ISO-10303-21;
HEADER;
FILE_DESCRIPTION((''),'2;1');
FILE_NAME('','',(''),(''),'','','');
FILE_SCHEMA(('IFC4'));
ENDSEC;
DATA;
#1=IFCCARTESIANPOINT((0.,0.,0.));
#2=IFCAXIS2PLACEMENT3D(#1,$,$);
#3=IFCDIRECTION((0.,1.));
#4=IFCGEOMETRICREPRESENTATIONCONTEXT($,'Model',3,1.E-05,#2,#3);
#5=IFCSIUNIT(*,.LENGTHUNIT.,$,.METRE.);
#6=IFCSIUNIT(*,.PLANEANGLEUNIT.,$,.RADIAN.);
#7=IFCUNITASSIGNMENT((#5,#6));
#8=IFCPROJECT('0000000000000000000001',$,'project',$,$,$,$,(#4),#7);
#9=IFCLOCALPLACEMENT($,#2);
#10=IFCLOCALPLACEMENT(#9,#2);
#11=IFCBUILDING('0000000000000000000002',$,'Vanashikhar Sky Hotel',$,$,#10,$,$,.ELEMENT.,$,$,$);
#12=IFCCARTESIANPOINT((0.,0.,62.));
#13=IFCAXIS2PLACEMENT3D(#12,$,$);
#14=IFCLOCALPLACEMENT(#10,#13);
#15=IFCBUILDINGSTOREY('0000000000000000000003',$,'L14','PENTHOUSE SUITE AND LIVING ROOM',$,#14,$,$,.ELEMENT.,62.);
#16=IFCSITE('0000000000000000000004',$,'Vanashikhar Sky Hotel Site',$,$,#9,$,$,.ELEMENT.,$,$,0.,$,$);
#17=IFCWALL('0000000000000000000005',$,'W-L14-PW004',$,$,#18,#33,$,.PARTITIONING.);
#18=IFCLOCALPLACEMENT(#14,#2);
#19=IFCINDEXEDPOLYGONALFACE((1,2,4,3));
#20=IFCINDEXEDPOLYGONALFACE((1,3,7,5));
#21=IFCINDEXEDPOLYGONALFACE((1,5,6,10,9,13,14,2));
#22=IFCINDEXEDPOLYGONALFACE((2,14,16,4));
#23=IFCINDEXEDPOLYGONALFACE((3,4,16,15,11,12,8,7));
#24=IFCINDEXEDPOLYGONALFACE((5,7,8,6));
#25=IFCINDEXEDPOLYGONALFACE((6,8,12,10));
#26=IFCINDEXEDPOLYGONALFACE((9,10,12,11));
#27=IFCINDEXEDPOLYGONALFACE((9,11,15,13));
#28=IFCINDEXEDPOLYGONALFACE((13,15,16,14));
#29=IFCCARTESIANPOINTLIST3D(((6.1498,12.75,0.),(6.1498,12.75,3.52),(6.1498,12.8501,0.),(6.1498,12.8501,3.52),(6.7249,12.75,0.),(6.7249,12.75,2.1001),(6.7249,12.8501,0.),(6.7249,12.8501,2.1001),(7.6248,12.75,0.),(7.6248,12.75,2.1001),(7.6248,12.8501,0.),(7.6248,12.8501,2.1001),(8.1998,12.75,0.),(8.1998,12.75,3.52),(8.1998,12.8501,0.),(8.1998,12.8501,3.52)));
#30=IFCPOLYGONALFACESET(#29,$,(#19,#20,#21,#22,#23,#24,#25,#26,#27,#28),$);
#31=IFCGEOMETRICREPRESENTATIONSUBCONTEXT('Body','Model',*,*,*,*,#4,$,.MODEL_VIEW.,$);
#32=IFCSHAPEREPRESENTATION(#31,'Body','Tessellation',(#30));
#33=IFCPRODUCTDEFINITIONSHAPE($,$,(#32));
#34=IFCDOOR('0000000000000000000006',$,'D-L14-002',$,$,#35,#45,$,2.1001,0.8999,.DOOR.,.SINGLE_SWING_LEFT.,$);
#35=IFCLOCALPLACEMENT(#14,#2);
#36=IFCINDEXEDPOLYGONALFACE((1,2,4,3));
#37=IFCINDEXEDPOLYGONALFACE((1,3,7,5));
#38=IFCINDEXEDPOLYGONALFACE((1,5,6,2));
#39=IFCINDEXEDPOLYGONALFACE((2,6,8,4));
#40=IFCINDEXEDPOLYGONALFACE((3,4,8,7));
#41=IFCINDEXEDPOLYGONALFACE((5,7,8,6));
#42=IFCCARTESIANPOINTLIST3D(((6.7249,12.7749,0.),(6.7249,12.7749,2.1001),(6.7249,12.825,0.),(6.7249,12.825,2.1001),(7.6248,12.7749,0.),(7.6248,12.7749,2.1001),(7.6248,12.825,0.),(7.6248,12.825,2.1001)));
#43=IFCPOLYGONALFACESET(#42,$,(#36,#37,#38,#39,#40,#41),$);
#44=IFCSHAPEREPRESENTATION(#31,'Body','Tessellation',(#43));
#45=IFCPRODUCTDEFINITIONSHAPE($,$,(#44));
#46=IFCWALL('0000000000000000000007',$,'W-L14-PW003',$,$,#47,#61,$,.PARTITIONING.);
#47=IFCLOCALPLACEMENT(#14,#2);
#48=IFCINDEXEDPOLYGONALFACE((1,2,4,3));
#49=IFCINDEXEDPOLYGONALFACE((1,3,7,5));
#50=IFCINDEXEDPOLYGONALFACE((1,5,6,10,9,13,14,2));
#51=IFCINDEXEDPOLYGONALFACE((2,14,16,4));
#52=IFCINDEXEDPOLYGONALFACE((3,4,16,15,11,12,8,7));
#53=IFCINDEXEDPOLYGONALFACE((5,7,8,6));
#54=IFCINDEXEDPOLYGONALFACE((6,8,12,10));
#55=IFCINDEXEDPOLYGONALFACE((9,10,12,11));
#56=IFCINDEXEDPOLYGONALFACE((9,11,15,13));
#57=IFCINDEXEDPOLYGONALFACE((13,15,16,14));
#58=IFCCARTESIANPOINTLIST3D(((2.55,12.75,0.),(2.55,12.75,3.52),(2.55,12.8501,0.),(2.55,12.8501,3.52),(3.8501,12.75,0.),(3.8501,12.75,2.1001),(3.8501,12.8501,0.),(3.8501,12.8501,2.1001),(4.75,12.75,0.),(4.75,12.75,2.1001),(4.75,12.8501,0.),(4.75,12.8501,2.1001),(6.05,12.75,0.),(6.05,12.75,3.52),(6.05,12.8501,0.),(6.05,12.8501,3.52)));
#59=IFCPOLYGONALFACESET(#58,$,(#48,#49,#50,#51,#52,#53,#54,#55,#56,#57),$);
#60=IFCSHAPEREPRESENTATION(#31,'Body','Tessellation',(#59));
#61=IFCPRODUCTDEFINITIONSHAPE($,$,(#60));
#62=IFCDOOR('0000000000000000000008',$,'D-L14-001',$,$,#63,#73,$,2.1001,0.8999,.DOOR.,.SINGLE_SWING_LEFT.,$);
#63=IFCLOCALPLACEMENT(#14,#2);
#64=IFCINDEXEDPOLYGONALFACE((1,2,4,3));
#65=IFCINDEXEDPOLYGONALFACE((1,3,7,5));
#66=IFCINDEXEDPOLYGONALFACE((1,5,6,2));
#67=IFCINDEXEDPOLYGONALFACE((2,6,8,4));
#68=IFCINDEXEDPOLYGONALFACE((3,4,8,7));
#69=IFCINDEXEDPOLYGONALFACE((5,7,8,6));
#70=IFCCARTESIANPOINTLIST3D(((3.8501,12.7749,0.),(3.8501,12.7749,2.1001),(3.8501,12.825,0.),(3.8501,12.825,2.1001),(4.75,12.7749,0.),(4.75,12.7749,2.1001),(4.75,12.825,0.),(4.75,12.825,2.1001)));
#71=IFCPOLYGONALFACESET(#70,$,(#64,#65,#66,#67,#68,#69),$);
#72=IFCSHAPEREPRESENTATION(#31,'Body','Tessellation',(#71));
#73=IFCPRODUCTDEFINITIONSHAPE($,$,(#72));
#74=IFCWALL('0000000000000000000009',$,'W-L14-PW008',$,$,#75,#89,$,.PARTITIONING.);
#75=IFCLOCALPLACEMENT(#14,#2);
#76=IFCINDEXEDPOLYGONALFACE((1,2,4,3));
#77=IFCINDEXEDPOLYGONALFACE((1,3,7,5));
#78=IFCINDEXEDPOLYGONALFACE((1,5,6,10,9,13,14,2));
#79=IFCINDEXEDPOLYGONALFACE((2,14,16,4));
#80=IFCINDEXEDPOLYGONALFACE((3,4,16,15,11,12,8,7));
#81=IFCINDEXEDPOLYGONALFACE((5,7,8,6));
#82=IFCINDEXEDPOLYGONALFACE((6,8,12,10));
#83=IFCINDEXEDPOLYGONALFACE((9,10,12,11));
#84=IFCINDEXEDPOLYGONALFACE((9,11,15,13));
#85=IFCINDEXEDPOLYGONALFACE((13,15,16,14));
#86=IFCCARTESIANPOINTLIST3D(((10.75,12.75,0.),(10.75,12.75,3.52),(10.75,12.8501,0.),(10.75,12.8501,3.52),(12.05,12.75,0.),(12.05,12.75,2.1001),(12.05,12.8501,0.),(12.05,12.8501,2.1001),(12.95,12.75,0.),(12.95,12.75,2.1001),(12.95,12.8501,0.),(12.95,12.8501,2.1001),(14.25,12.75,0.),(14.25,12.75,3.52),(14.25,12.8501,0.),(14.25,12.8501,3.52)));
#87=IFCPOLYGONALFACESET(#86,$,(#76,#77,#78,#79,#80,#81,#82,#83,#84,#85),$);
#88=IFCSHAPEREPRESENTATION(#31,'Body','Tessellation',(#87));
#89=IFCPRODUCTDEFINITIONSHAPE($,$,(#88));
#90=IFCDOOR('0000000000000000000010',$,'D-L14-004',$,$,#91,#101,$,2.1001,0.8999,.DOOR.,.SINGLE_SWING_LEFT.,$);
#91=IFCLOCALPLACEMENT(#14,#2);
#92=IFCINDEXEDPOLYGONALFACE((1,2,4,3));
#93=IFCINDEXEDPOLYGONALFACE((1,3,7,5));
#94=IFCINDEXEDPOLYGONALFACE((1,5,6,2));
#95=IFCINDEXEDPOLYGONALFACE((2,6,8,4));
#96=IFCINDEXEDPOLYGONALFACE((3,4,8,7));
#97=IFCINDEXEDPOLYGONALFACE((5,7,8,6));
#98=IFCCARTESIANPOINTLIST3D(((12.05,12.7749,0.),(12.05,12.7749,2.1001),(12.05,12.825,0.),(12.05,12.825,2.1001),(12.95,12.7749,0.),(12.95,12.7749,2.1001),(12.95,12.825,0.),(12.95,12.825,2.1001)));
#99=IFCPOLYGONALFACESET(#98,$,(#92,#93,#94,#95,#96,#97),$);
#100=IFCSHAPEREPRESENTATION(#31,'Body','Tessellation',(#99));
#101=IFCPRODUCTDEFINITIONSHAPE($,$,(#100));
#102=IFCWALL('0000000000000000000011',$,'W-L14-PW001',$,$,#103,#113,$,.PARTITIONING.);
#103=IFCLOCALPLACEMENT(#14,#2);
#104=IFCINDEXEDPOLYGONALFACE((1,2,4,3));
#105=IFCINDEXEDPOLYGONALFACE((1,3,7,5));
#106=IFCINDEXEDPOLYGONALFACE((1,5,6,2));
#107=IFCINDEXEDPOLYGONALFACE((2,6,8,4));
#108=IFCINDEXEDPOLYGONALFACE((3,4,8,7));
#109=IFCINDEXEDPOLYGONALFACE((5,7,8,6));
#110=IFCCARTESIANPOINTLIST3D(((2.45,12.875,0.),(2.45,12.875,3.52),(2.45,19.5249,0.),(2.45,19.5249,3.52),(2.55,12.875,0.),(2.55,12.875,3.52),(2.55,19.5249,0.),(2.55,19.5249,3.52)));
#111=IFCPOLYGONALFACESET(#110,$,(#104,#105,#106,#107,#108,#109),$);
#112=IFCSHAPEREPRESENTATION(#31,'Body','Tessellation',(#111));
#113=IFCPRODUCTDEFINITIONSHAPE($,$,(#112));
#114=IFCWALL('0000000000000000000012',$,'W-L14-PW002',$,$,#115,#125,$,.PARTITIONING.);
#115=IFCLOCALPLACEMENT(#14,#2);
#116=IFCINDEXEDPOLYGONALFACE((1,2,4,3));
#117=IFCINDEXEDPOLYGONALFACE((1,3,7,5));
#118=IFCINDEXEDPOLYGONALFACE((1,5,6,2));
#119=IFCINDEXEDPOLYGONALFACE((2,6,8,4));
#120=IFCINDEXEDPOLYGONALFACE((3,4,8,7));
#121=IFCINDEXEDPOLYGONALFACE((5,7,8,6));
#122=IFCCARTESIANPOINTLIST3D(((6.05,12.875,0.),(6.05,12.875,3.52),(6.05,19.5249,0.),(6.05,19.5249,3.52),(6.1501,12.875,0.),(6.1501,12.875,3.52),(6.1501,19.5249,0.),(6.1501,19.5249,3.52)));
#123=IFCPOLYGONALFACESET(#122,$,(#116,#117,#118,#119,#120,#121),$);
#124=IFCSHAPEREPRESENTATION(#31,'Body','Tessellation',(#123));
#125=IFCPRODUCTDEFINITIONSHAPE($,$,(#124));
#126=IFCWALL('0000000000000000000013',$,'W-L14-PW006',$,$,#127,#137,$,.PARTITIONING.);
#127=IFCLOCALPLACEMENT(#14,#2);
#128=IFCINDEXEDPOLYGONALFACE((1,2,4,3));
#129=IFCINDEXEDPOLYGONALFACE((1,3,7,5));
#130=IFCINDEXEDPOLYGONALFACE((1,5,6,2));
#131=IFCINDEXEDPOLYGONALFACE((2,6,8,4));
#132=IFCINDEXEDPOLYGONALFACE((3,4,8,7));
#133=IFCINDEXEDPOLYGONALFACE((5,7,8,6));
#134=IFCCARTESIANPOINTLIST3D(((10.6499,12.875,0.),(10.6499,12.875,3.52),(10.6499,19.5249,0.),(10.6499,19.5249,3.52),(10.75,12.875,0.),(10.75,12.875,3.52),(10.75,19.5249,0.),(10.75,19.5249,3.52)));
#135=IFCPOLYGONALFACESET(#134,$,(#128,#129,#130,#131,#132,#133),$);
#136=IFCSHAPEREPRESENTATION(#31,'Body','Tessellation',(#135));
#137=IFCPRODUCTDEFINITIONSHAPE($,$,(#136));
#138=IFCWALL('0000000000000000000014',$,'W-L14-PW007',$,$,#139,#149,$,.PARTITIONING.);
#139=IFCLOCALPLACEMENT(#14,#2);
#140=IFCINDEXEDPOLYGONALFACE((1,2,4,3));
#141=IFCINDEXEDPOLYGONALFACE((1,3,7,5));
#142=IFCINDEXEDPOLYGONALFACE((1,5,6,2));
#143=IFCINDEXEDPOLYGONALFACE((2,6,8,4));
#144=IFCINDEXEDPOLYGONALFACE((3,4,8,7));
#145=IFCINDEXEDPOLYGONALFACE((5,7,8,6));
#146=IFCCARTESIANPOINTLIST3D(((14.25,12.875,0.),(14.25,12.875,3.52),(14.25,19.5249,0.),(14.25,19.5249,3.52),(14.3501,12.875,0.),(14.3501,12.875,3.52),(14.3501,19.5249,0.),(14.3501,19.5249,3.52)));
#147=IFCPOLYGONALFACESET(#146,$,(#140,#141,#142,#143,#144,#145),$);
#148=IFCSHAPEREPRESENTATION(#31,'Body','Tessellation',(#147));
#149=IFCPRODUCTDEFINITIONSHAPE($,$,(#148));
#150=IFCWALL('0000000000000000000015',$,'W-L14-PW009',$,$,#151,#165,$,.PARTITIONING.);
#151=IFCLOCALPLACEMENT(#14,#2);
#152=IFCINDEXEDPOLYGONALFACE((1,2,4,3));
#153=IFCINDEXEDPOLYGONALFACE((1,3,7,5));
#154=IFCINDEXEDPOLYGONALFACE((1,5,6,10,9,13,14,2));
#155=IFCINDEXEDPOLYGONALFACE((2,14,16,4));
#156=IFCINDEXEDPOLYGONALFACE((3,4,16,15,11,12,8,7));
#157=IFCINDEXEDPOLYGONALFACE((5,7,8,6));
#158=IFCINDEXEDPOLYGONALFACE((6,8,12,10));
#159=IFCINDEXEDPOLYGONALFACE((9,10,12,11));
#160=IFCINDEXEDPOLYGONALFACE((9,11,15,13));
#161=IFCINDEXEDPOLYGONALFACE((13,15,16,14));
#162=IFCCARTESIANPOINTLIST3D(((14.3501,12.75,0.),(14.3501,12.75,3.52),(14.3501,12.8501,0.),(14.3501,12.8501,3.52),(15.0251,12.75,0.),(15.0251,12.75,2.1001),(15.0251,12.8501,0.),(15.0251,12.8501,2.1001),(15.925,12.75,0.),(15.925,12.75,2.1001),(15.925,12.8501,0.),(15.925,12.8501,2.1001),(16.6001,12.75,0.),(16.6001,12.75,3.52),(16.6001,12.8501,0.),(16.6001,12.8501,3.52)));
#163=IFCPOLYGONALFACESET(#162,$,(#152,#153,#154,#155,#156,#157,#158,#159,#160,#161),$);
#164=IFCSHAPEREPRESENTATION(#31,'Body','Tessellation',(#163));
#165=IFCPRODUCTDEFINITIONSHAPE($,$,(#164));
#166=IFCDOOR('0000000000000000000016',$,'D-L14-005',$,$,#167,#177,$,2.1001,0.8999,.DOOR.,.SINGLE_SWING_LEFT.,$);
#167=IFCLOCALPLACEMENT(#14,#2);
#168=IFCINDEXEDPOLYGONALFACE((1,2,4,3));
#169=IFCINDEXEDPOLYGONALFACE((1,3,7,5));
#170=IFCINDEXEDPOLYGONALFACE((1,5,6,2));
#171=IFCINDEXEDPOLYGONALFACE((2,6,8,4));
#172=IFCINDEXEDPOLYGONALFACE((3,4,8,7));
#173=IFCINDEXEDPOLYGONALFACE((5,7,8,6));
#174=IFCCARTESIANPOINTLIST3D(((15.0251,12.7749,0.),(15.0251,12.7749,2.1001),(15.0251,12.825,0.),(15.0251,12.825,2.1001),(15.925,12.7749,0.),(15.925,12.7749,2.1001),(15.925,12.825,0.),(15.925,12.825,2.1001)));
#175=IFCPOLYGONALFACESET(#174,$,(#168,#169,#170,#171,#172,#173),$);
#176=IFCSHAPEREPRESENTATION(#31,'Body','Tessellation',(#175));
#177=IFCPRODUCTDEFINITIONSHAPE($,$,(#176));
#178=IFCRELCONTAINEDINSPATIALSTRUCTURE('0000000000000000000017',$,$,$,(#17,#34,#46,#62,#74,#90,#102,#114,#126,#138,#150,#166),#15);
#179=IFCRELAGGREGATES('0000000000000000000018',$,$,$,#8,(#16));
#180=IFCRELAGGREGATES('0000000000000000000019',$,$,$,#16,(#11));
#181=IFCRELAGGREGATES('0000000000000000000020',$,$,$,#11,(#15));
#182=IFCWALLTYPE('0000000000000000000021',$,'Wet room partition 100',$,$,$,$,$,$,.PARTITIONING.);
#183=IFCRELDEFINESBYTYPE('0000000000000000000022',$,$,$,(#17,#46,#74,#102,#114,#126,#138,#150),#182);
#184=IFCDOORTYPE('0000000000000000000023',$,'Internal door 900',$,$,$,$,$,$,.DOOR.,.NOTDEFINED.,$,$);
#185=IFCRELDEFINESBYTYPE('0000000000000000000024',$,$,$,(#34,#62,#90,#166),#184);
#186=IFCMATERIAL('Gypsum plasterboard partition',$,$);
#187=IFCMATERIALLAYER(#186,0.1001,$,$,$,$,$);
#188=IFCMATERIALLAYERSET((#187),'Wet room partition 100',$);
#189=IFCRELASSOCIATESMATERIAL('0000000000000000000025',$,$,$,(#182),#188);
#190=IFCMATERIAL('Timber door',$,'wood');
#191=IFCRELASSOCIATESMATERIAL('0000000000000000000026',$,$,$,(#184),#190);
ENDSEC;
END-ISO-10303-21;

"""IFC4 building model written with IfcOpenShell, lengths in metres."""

from ifc_helpers import new_model, si_unit, direction, frame, frame_2d, origin, place, context, subcontext, project, spatial, rectangle, extrude, source, transform, mapped, material, layer, layer_set, type_object, element, fill, save


model = new_model("IFC4")

# Units and contexts
model_context = context("Model", 3, precision=1e-05, world=origin(), true_north=direction((0.0, 1.0)))
body_context = subcontext(model_context, "Body", "Model", "MODEL_VIEW")
ifc_project = project(units=[si_unit("LENGTHUNIT", "METRE"), si_unit("PLANEANGLEUNIT", "RADIAN")], contexts=[model_context])

# Site, building, storey
site_placement = place(None, origin())
site = spatial("IfcSite", under=ifc_project, at=site_placement, Name="Vanashikhar Sky Hotel Site", CompositionType="ELEMENT", RefElevation=0.0)
building_placement = place(site_placement, origin())
building = spatial("IfcBuilding", under=site, at=building_placement, Name="Vanashikhar Sky Hotel", CompositionType="ELEMENT")
storey_placement = place(building_placement, frame((0.0, 0.0, 62.0)))
storey = spatial("IfcBuildingStorey", under=building, at=storey_placement, Name="L14", Description="PENTHOUSE SUITE AND LIVING ROOM", CompositionType="ELEMENT", Elevation=62.0)

# Walls, openings, doors
ifc_material_1 = material(Name="Gypsum plasterboard partition")
ifc_layer_1 = layer(ifc_material_1, 0.1001)
ifc_layer_set_1 = layer_set([ifc_layer_1], Name="Wet room partition 100")
wall_type_1 = type_object("IfcWallType", Name="Wet room partition 100", PredefinedType="PARTITIONING", material=ifc_layer_set_1)
shared_shape_1 = source(origin(), body_context, "Body", "SweptSolid", [
    extrude(rectangle(XDim=2.05, YDim=0.1001, at=frame_2d((1.0249, 0.0))), origin(), (0.0, 0.0, 1.0), 3.52),
])
wall_1_placement = place(storey_placement, frame((6.1499, 12.8, 0.0), z_axis=(0.0, 0.0, 1.0), x_axis=(1.0, 0.0, 0.0)))
wall_1 = element("IfcWall", 1, at=wall_1_placement, inside=storey, type_object=wall_type_1, Name="W-L14-PW004", PredefinedType="PARTITIONING", context=body_context, shape_type="MappedRepresentation", body=[
    mapped(shared_shape_1, transform((0.0, 0.0, 0.0), scale=1.0)),
])
shared_shape_2 = source(origin(), body_context, "Body", "SweptSolid", [
    extrude(rectangle(XDim=0.8999, YDim=2.1001, at=frame_2d((0.45, 1.05))), frame((0.0, 0.0601, 0.0), z_axis=(0.0, -1.0, 0.0), x_axis=(1.0, 0.0, 0.0)), (0.0, 0.0, 1.0), 0.1201),
])
opening_1_placement = place(wall_1_placement, frame((0.575, 0.0, 0.0)))
opening_1 = element("IfcOpeningElement", 2, at=opening_1_placement, cuts=wall_1, PredefinedType="OPENING", context=body_context, shape_type="MappedRepresentation", body=[
    mapped(shared_shape_2, transform((0.0, 0.0, 0.0), scale=1.0)),
])
ifc_material_2 = material(Name="Timber door", Category="wood")
door_type_1 = type_object("IfcDoorType", Name="Internal door 900", OperationType="NOTDEFINED", PredefinedType="DOOR", material=ifc_material_2)
shared_shape_3 = source(origin(), body_context, "Body", "SweptSolid", [
    extrude(rectangle(XDim=0.8999, YDim=2.1001, at=frame_2d((0.45, 1.05))), frame((0.0, 0.0249, 0.0), z_axis=(0.0, -1.0, 0.0), x_axis=(1.0, 0.0, 0.0)), (0.0, 0.0, 1.0), 0.05),
])
door_1_placement = place(opening_1_placement, origin())
door_1 = element("IfcDoor", 3, at=door_1_placement, inside=storey, type_object=door_type_1, Name="D-L14-002", OperationType="SINGLE_SWING_LEFT", OverallHeight=2.1001, OverallWidth=0.8999, PredefinedType="DOOR", context=body_context, shape_type="MappedRepresentation", body=[
    mapped(shared_shape_3, transform((0.0, 0.0, 0.0), scale=1.0)),
])
fill(opening_1, door_1)
shared_shape_4 = source(origin(), body_context, "Body", "SweptSolid", [
    extrude(rectangle(XDim=3.5, YDim=0.1001, at=frame_2d((1.75, 0.0))), origin(), (0.0, 0.0, 1.0), 3.52),
])
wall_2_placement = place(storey_placement, frame((2.55, 12.8, 0.0), z_axis=(0.0, 0.0, 1.0), x_axis=(1.0, 0.0, 0.0)))
wall_2 = element("IfcWall", 4, at=wall_2_placement, inside=storey, type_object=wall_type_1, Name="W-L14-PW003", PredefinedType="PARTITIONING", context=body_context, shape_type="MappedRepresentation", body=[
    mapped(shared_shape_4, transform((0.0, 0.0, 0.0), scale=1.0)),
])
opening_2_placement = place(wall_2_placement, frame((1.3, 0.0, 0.0)))
opening_2 = element("IfcOpeningElement", 5, at=opening_2_placement, cuts=wall_2, PredefinedType="OPENING", context=body_context, shape_type="MappedRepresentation", body=[
    mapped(shared_shape_2, transform((0.0, 0.0, 0.0), scale=1.0)),
])
door_2_placement = place(opening_2_placement, origin())
door_2 = element("IfcDoor", 6, at=door_2_placement, inside=storey, type_object=door_type_1, Name="D-L14-001", OperationType="SINGLE_SWING_LEFT", OverallHeight=2.1001, OverallWidth=0.8999, PredefinedType="DOOR", context=body_context, shape_type="MappedRepresentation", body=[
    mapped(shared_shape_3, transform((0.0, 0.0, 0.0), scale=1.0)),
])
fill(opening_2, door_2)
wall_3_placement = place(storey_placement, frame((10.75, 12.8, 0.0), z_axis=(0.0, 0.0, 1.0), x_axis=(1.0, 0.0, 0.0)))
wall_3 = element("IfcWall", 7, at=wall_3_placement, inside=storey, type_object=wall_type_1, Name="W-L14-PW008", PredefinedType="PARTITIONING", context=body_context, shape_type="MappedRepresentation", body=[
    mapped(shared_shape_4, transform((0.0, 0.0, 0.0), scale=1.0)),
])
opening_3_placement = place(wall_3_placement, frame((1.3, 0.0, 0.0)))
opening_3 = element("IfcOpeningElement", 8, at=opening_3_placement, cuts=wall_3, PredefinedType="OPENING", context=body_context, shape_type="MappedRepresentation", body=[
    mapped(shared_shape_2, transform((0.0, 0.0, 0.0), scale=1.0)),
])
door_3_placement = place(opening_3_placement, origin())
door_3 = element("IfcDoor", 9, at=door_3_placement, inside=storey, type_object=door_type_1, Name="D-L14-004", OperationType="SINGLE_SWING_LEFT", OverallHeight=2.1001, OverallWidth=0.8999, PredefinedType="DOOR", context=body_context, shape_type="MappedRepresentation", body=[
    mapped(shared_shape_3, transform((0.0, 0.0, 0.0), scale=1.0)),
])
fill(opening_3, door_3)

# Walls
shared_shape_5 = source(origin(), body_context, "Body", "SweptSolid", [
    extrude(rectangle(XDim=6.6499, YDim=0.1001, at=frame_2d((3.325, 0.0))), origin(), (0.0, 0.0, 1.0), 3.52),
])
for number, where, z_axis, x_axis, name in (
    (10, (2.5, 12.875, 0.0), (0.0, 0.0, 1.0), (0.0, 1.0, 0.0), "W-L14-PW001"),
    (11, (6.1001, 12.875, 0.0), (0.0, 0.0, 1.0), (0.0, 1.0, 0.0), "W-L14-PW002"),
    (12, (10.7, 12.875, 0.0), (0.0, 0.0, 1.0), (0.0, 1.0, 0.0), "W-L14-PW006"),
    (13, (14.3, 12.875, 0.0), (0.0, 0.0, 1.0), (0.0, 1.0, 0.0), "W-L14-PW007"),
):
    element("IfcWall", number, at=place(storey_placement, frame(where, z_axis=z_axis, x_axis=x_axis)), inside=storey, type_object=wall_type_1, Name=name, PredefinedType="PARTITIONING", context=body_context, shape_type="MappedRepresentation", body=[
        mapped(shared_shape_5, transform((0.0, 0.0, 0.0), scale=1.0)),
    ])

# Wall, opening, door
shared_shape_6 = source(origin(), body_context, "Body", "SweptSolid", [
    extrude(rectangle(XDim=2.25, YDim=0.1001, at=frame_2d((1.125, 0.0))), origin(), (0.0, 0.0, 1.0), 3.52),
])
wall_4_placement = place(storey_placement, frame((14.3501, 12.8, 0.0), z_axis=(0.0, 0.0, 1.0), x_axis=(1.0, 0.0, 0.0)))
wall_4 = element("IfcWall", 14, at=wall_4_placement, inside=storey, type_object=wall_type_1, Name="W-L14-PW009", PredefinedType="PARTITIONING", context=body_context, shape_type="MappedRepresentation", body=[
    mapped(shared_shape_6, transform((0.0, 0.0, 0.0), scale=1.0)),
])
opening_4_placement = place(wall_4_placement, frame((0.675, 0.0, 0.0)))
opening_4 = element("IfcOpeningElement", 15, at=opening_4_placement, cuts=wall_4, PredefinedType="OPENING", context=body_context, shape_type="MappedRepresentation", body=[
    mapped(shared_shape_2, transform((0.0, 0.0, 0.0), scale=1.0)),
])
door_4_placement = place(opening_4_placement, origin())
door_4 = element("IfcDoor", 16, at=door_4_placement, inside=storey, type_object=door_type_1, Name="D-L14-005", OperationType="SINGLE_SWING_LEFT", OverallHeight=2.1001, OverallWidth=0.8999, PredefinedType="DOOR", context=body_context, shape_type="MappedRepresentation", body=[
    mapped(shared_shape_3, transform((0.0, 0.0, 0.0), scale=1.0)),
])
fill(opening_4, door_4)

save(model, "model.ifc")
